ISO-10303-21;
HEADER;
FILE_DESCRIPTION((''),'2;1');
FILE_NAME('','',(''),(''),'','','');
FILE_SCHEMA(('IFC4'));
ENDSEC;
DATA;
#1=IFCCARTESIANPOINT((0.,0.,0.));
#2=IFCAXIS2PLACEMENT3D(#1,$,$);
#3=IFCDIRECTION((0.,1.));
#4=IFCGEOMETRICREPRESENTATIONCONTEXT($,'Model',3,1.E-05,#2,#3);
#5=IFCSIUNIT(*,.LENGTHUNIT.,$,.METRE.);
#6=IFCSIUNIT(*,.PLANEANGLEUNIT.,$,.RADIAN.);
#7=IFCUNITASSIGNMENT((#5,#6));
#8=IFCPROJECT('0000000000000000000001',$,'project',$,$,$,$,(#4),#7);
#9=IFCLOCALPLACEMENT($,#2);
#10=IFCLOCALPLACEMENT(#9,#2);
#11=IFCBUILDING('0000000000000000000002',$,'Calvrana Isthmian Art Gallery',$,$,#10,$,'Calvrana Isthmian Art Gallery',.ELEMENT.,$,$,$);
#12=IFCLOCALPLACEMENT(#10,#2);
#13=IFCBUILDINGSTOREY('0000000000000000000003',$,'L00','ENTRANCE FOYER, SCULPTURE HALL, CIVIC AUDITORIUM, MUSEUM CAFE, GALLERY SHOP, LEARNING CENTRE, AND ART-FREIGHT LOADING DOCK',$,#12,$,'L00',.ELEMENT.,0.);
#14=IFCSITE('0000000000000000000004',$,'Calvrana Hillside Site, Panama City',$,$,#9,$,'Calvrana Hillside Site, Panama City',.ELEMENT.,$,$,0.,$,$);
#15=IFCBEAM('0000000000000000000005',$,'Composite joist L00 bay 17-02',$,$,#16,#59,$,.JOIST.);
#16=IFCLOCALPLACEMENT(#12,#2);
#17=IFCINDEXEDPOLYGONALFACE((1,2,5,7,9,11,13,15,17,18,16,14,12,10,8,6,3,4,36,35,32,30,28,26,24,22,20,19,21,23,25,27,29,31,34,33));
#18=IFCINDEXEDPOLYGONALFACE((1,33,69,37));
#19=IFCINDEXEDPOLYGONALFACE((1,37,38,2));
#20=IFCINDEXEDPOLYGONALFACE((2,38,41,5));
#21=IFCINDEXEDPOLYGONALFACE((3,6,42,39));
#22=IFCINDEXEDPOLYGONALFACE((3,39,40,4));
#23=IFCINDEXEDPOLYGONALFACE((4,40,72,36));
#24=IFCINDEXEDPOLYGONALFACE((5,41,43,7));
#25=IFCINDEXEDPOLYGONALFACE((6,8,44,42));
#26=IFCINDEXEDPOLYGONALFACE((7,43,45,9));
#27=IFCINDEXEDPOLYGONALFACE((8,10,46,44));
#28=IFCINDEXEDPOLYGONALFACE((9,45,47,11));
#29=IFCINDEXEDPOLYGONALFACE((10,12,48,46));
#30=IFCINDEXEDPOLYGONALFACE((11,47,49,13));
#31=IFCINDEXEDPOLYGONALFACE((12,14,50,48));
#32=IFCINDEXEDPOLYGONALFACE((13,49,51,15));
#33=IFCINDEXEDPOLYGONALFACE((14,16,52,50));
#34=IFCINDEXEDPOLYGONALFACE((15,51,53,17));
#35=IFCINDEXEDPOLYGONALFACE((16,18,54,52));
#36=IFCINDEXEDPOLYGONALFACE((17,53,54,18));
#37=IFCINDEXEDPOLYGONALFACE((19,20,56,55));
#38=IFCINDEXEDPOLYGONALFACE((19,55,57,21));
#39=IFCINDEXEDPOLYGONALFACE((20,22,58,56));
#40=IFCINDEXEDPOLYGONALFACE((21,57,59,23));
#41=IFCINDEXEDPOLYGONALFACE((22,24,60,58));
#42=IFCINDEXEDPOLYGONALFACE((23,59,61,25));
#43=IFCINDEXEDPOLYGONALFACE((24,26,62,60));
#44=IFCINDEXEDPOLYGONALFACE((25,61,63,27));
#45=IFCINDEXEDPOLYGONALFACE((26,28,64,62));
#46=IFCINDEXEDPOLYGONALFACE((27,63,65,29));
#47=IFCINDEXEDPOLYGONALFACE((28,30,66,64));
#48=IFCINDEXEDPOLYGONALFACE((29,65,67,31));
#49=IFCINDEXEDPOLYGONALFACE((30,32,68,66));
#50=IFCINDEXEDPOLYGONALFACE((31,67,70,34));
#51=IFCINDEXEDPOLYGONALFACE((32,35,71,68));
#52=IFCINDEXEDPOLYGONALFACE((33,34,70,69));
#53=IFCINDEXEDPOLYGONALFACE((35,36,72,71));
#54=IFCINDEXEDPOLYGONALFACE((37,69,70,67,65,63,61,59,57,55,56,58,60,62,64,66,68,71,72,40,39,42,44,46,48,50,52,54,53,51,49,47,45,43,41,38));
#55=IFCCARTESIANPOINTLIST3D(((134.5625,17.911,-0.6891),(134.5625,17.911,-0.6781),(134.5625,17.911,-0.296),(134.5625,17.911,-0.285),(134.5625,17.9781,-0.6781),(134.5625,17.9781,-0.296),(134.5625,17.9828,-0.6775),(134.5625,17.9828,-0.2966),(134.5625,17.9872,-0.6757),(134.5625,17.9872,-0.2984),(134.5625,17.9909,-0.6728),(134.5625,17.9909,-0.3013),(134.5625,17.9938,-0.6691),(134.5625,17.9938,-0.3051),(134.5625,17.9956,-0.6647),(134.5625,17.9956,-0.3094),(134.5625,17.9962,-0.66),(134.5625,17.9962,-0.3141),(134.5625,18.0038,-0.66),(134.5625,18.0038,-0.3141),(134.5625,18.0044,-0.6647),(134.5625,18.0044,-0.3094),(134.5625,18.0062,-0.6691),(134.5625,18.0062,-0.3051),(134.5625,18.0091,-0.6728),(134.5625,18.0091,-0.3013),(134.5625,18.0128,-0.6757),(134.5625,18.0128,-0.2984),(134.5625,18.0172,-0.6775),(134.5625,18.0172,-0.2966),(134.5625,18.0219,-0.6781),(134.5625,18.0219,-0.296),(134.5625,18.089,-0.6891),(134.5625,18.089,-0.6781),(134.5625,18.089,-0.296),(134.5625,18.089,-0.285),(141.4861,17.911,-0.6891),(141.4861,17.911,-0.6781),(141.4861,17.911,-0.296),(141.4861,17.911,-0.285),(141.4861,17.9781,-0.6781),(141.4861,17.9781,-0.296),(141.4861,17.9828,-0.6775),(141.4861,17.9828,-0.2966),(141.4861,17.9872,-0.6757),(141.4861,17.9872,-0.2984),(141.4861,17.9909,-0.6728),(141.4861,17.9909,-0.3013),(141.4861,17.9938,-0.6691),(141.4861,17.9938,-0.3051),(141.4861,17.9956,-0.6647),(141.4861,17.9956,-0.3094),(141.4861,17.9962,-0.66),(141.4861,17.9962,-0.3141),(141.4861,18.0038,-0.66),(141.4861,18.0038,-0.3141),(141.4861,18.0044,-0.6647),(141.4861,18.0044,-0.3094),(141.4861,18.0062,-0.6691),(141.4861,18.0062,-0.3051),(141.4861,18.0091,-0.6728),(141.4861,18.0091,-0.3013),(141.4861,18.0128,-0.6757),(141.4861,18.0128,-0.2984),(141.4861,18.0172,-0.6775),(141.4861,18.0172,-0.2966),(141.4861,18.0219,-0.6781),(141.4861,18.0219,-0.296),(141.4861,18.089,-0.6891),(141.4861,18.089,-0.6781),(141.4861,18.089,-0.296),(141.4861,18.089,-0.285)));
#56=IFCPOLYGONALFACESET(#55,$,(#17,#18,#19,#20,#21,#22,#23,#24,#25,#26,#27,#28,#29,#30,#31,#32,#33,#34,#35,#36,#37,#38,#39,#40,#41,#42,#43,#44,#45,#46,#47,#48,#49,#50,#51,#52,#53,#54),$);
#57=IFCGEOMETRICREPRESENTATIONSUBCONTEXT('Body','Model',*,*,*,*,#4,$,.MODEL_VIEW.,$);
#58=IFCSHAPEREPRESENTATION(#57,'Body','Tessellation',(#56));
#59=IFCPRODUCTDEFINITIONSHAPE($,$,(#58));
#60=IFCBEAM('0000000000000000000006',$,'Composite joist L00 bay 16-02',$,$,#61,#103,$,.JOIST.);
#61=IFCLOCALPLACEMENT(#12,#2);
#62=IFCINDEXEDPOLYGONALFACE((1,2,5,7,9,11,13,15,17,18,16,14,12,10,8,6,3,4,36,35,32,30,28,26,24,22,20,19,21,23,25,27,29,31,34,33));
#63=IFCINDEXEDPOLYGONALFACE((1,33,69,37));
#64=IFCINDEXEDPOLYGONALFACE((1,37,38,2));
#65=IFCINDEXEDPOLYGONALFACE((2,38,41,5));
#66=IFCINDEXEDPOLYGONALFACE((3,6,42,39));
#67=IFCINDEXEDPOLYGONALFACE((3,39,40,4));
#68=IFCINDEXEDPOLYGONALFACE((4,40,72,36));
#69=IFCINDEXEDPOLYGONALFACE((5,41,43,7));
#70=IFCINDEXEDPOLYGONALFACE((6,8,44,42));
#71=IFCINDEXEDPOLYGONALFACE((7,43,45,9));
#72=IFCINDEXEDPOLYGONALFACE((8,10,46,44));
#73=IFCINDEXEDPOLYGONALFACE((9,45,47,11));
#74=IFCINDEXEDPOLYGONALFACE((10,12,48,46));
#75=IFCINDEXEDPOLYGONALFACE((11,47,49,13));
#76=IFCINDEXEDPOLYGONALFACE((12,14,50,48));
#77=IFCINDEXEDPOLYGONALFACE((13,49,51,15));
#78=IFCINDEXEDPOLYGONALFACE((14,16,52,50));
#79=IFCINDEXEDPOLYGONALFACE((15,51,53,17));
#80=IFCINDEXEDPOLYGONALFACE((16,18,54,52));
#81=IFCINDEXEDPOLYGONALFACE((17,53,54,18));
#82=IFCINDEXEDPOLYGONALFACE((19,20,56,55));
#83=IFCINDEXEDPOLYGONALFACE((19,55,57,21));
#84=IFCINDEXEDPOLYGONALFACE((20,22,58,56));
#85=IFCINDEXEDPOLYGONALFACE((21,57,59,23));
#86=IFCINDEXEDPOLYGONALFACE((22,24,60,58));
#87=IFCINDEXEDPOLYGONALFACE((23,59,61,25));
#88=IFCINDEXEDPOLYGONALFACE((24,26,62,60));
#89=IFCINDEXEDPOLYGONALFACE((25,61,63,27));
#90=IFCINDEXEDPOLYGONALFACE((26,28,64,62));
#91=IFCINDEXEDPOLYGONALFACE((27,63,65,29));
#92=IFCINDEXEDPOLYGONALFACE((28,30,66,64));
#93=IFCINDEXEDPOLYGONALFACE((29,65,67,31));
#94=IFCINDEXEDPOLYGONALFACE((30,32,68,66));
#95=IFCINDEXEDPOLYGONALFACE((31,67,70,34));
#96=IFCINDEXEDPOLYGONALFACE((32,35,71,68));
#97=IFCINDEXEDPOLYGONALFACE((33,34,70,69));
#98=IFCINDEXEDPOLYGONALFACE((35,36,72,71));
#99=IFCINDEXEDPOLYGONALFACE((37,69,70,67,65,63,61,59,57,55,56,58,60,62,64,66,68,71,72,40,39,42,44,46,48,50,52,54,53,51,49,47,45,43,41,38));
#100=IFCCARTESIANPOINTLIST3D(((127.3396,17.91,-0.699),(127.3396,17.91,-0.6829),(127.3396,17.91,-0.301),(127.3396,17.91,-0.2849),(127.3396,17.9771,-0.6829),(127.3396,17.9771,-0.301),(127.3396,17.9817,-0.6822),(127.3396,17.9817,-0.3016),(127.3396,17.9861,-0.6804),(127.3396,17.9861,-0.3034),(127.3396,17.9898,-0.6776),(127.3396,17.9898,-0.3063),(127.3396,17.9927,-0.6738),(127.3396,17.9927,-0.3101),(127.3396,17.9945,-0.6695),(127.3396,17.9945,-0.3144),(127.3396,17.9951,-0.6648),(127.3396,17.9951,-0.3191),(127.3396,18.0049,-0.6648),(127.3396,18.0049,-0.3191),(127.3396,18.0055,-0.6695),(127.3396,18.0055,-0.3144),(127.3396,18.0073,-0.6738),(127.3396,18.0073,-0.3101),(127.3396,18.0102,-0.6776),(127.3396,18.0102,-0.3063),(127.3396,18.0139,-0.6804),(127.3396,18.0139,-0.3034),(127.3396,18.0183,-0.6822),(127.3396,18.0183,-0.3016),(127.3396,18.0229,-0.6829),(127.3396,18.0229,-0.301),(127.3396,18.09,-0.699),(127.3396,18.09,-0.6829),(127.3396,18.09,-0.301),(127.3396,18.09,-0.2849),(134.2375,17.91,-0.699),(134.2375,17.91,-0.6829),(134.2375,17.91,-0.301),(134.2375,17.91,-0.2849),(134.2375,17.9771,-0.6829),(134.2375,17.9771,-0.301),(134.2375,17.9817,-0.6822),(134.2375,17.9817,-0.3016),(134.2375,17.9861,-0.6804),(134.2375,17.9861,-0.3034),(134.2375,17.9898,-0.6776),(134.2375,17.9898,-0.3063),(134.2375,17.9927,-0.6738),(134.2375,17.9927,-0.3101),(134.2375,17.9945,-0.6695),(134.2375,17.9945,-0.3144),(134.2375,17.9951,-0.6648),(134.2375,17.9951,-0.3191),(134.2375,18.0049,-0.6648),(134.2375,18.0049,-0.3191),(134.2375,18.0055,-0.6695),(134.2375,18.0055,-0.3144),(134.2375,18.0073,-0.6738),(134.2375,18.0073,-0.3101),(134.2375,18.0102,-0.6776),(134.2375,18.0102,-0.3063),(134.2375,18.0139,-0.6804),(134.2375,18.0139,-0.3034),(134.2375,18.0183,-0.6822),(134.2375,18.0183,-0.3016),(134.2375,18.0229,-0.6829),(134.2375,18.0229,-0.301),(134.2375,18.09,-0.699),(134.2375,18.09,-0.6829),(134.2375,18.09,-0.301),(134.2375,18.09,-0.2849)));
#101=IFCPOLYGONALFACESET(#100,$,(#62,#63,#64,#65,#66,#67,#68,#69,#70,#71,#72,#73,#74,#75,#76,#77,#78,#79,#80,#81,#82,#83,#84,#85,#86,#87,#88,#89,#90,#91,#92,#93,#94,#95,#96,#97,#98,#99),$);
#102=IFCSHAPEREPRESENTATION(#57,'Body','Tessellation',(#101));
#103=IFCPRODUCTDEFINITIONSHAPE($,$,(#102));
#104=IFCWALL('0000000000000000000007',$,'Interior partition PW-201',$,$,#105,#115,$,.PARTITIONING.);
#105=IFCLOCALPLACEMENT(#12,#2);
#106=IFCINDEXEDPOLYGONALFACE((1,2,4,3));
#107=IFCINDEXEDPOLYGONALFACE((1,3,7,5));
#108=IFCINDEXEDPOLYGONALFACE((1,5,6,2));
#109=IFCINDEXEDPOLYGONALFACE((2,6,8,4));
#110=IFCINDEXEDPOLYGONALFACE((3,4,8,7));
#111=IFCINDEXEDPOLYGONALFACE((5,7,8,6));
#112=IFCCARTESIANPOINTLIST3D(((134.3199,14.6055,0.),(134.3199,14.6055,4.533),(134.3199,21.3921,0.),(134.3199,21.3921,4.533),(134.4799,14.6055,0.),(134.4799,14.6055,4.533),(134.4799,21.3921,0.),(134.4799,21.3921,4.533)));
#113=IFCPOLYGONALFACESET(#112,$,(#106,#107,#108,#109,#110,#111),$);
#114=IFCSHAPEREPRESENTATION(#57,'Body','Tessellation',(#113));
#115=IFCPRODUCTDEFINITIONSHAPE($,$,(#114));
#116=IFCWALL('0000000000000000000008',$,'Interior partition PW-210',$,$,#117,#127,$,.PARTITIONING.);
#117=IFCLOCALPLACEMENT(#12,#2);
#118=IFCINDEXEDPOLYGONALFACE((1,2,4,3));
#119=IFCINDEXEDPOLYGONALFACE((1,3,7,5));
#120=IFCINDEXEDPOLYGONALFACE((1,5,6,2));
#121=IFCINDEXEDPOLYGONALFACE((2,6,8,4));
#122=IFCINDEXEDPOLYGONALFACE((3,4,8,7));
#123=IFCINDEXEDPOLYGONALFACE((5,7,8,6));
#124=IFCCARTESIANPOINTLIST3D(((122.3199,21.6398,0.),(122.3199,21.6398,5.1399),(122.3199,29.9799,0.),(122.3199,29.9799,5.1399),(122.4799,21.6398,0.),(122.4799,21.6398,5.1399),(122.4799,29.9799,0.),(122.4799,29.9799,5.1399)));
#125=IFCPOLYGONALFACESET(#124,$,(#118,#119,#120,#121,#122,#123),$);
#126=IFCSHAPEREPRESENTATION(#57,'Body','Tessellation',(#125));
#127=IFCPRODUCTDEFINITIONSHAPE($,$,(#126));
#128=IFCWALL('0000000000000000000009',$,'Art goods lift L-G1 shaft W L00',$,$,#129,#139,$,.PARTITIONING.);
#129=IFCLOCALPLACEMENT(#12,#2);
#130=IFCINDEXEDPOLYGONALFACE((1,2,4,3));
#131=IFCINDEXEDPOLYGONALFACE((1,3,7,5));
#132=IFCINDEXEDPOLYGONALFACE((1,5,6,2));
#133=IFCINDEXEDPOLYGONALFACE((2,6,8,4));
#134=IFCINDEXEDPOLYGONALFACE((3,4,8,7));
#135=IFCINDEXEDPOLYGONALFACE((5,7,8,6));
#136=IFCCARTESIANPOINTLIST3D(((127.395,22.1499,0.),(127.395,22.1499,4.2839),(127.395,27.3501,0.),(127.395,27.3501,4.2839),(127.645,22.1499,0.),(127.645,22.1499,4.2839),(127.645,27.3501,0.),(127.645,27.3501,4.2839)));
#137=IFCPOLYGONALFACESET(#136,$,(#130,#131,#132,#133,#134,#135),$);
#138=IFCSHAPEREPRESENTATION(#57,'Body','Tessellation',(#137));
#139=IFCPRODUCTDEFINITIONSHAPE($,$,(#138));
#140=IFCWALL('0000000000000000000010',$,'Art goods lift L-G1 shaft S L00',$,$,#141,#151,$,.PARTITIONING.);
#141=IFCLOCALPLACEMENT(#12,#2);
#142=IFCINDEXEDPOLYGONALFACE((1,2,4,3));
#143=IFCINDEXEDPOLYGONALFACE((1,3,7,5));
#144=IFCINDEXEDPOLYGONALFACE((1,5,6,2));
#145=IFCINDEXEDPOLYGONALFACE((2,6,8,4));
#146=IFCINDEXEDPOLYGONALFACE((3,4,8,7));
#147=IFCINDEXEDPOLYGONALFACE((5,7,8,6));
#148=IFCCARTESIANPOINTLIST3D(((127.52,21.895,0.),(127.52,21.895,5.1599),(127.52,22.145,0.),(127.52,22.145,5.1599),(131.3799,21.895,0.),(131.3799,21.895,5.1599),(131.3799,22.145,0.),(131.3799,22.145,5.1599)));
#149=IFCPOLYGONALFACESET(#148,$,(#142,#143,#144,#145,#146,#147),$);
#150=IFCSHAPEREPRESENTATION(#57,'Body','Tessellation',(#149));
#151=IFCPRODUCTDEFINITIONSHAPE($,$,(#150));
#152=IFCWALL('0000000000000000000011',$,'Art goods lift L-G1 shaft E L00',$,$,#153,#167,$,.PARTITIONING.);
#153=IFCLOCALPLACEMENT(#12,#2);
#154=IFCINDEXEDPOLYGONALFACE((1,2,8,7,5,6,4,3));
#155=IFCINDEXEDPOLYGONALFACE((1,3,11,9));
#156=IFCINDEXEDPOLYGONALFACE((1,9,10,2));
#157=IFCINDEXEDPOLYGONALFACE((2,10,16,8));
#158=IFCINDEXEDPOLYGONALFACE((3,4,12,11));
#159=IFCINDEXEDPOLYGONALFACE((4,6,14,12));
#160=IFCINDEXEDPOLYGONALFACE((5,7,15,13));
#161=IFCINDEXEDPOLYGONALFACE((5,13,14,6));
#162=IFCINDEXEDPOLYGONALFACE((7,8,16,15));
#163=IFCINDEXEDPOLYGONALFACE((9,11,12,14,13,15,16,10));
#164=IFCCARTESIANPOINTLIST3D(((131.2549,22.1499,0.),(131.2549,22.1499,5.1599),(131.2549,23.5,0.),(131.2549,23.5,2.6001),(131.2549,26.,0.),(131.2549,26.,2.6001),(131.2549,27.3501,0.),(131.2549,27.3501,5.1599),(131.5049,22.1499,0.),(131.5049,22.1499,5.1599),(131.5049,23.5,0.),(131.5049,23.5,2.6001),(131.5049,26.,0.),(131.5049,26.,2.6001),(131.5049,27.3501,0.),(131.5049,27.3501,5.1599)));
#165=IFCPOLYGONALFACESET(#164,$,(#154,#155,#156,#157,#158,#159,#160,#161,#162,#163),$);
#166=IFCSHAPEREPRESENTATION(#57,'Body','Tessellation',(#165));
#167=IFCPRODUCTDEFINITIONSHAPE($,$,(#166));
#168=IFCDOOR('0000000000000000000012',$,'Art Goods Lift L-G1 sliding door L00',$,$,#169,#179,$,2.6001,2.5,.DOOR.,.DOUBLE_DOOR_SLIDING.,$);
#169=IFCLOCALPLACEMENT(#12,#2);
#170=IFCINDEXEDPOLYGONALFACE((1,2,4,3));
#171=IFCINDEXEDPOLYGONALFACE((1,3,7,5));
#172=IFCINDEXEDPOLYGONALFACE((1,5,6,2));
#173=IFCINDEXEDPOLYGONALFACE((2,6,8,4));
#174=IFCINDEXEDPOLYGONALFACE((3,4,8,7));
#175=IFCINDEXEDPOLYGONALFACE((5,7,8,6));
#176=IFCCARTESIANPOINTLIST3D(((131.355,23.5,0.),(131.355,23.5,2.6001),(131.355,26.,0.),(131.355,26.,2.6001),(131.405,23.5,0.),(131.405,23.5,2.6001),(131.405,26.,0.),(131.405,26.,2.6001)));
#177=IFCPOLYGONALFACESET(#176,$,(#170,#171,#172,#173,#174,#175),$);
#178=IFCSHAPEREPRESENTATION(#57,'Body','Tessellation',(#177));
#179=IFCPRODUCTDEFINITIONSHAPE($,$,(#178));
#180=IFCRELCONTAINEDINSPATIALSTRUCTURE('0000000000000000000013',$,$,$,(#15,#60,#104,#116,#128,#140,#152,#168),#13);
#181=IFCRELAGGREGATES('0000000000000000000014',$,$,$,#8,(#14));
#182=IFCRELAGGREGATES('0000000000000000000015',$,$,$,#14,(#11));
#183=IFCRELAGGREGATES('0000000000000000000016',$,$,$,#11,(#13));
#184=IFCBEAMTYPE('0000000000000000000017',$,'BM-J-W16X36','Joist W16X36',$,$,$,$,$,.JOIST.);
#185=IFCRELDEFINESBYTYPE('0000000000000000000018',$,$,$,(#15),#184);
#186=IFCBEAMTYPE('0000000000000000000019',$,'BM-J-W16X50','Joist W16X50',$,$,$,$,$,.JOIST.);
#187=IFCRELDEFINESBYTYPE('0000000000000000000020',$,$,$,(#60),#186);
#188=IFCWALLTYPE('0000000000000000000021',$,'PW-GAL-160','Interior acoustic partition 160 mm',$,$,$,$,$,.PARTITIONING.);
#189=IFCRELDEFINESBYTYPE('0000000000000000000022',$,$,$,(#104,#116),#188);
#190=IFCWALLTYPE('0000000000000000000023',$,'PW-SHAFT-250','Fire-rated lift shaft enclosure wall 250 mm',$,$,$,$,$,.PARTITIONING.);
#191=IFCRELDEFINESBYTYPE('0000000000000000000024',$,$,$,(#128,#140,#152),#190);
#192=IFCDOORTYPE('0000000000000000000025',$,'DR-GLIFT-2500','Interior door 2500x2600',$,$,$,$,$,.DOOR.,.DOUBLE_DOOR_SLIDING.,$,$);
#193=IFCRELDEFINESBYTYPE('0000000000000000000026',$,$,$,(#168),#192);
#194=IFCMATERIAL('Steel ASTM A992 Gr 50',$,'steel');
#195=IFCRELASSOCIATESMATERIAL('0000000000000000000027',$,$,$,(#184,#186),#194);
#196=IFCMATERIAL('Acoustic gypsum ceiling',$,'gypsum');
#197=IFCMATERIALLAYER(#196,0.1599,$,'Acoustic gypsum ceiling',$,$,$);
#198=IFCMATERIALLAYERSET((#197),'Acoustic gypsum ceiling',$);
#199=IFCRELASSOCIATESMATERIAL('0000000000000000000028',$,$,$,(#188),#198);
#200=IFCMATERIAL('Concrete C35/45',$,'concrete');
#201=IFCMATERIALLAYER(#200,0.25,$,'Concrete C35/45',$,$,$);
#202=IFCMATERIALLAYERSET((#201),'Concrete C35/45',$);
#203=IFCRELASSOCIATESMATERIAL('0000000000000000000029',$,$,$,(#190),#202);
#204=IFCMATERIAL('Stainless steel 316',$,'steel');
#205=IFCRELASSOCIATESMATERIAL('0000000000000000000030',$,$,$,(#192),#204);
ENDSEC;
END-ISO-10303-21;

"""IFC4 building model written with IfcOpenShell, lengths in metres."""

from ifc_helpers import new_model, si_unit, direction, frame, frame_2d, origin, origin_2d, place, context, subcontext, project, spatial, rectangle, i_section, extrude, material, layer, layer_set, material_profile, profile_set, type_object, element, fill, save


model = new_model("IFC4")

# Units and contexts
model_context = context("Model", 3, precision=1e-05, world=origin(), true_north=direction((0.0, 1.0)))
body_context = subcontext(model_context, "Body", "Model", "MODEL_VIEW")
ifc_project = project(units=[si_unit("LENGTHUNIT", "METRE"), si_unit("PLANEANGLEUNIT", "RADIAN")], contexts=[model_context])

# Site, building, storey
site_placement = place(None, origin())
site = spatial("IfcSite", under=ifc_project, at=site_placement, Name="Calvrana Hillside Site, Panama City", LongName="Calvrana Hillside Site, Panama City", CompositionType="ELEMENT", RefElevation=0.0)
building_placement = place(site_placement, origin())
building = spatial("IfcBuilding", under=site, at=building_placement, Name="Calvrana Isthmian Art Gallery", LongName="Calvrana Isthmian Art Gallery", CompositionType="ELEMENT")
storey_placement = place(building_placement, origin())
storey = spatial("IfcBuildingStorey", under=building, at=storey_placement, Name="L00", Description="ENTRANCE FOYER, SCULPTURE HALL, CIVIC AUDITORIUM, MUSEUM CAFE, GALLERY SHOP, LEARNING CENTRE, AND ART-FREIGHT LOADING DOCK", LongName="L00", CompositionType="ELEMENT", Elevation=0.0)

# Shared definitions
ifc_material_1 = material(Name="Steel ASTM A992 Gr 50", Category="steel")

# Beams
ifc_material_profile_1 = material_profile(ifc_material_1, i_section(OverallWidth=0.178, OverallDepth=0.4041, WebThickness=0.0076, FlangeThickness=0.011, FilletRadius=0.0181, at=origin_2d()), Name="W16X36")
ifc_profile_set_1 = profile_set([ifc_material_profile_1], Name="Steel ASTM A992 Gr 50")
beam_type_1 = type_object("IfcBeamType", Name="BM-J-W16X36", Description="Joist W16X36", PredefinedType="JOIST", material=ifc_profile_set_1)
beam_1_placement = place(storey_placement, frame((134.5625, 18.0, -0.4871), z_axis=(1.0, 0.0, 0.0), x_axis=(0.0, 1.0, 0.0)))
element("IfcBeam", 1, at=beam_1_placement, inside=storey, type_object=beam_type_1, Name="Composite joist L00 bay 17-02", PredefinedType="JOIST", context=body_context, shape_type="SweptSolid", body=[
    extrude(i_section(OverallWidth=0.178, OverallDepth=0.4041, WebThickness=0.0076, FlangeThickness=0.011, FilletRadius=0.0181, at=origin_2d()), origin(), (0.0, 0.0, 1.0), 6.9236),
])
ifc_material_profile_2 = material_profile(ifc_material_1, i_section(OverallWidth=0.1799, OverallDepth=0.4141, WebThickness=0.0098, FlangeThickness=0.0161, FilletRadius=0.0181, at=origin_2d()), Name="W16X50")
ifc_profile_set_2 = profile_set([ifc_material_profile_2], Name="Steel ASTM A992 Gr 50")
beam_type_2 = type_object("IfcBeamType", Name="BM-J-W16X50", Description="Joist W16X50", PredefinedType="JOIST", material=ifc_profile_set_2)
beam_2_placement = place(storey_placement, frame((127.3396, 18.0, -0.4919), z_axis=(1.0, 0.0, 0.0), x_axis=(0.0, 1.0, 0.0)))
element("IfcBeam", 2, at=beam_2_placement, inside=storey, type_object=beam_type_2, Name="Composite joist L00 bay 16-02", PredefinedType="JOIST", context=body_context, shape_type="SweptSolid", body=[
    extrude(i_section(OverallWidth=0.1799, OverallDepth=0.4141, WebThickness=0.0098, FlangeThickness=0.0161, FilletRadius=0.0181, at=origin_2d()), origin(), (0.0, 0.0, 1.0), 6.8979),
])

# Walls
ifc_material_2 = material(Name="Acoustic gypsum ceiling", Category="gypsum")
ifc_layer_1 = layer(ifc_material_2, 0.1599, Name="Acoustic gypsum ceiling")
ifc_layer_set_1 = layer_set([ifc_layer_1], Name="Acoustic gypsum ceiling")
wall_type_1 = type_object("IfcWallType", Name="PW-GAL-160", Description="Interior acoustic partition 160 mm", PredefinedType="PARTITIONING", material=ifc_layer_set_1)
wall_1_placement = place(storey_placement, frame((134.3999, 14.6055, 0.0), z_axis=(0.0, 0.0, 1.0), x_axis=(0.0, 1.0, 0.0)))
element("IfcWall", 3, at=wall_1_placement, inside=storey, type_object=wall_type_1, Name="Interior partition PW-201", PredefinedType="PARTITIONING", context=body_context, shape_type="SweptSolid", body=[
    extrude(rectangle(XDim=6.7866, YDim=0.1599, at=frame_2d((3.3933, 0.0))), origin(), (0.0, 0.0, 1.0), 4.533),
])
wall_2_placement = place(storey_placement, frame((122.3999, 21.6399, 0.0), z_axis=(0.0, 0.0, 1.0), x_axis=(0.0, 1.0, 0.0)))
element("IfcWall", 4, at=wall_2_placement, inside=storey, type_object=wall_type_1, Name="Interior partition PW-210", PredefinedType="PARTITIONING", context=body_context, shape_type="SweptSolid", body=[
    extrude(rectangle(XDim=8.3401, YDim=0.1599, at=frame_2d((4.1699, 0.0))), origin(), (0.0, 0.0, 1.0), 5.1399),
])
ifc_material_3 = material(Name="Concrete C35/45", Category="concrete")
ifc_layer_2 = layer(ifc_material_3, 0.25, Name="Concrete C35/45")
ifc_layer_set_2 = layer_set([ifc_layer_2], Name="Concrete C35/45")
wall_type_2 = type_object("IfcWallType", Name="PW-SHAFT-250", Description="Fire-rated lift shaft enclosure wall 250 mm", PredefinedType="PARTITIONING", material=ifc_layer_set_2)
wall_3_placement = place(storey_placement, frame((127.52, 22.1499, 0.0), z_axis=(0.0, 0.0, 1.0), x_axis=(0.0, 1.0, 0.0)))
element("IfcWall", 5, at=wall_3_placement, inside=storey, type_object=wall_type_2, Name="Art goods lift L-G1 shaft W L00", PredefinedType="PARTITIONING", context=body_context, shape_type="SweptSolid", body=[
    extrude(rectangle(XDim=5.2002, YDim=0.25, at=frame_2d((2.6001, 0.0))), origin(), (0.0, 0.0, 1.0), 4.2839),
])
wall_4_placement = place(storey_placement, frame((127.52, 22.02, 0.0), z_axis=(0.0, 0.0, 1.0), x_axis=(1.0, 0.0, 0.0)))
element("IfcWall", 6, at=wall_4_placement, inside=storey, type_object=wall_type_2, Name="Art goods lift L-G1 shaft S L00", PredefinedType="PARTITIONING", context=body_context, shape_type="SweptSolid", body=[
    extrude(rectangle(XDim=3.8599, YDim=0.25, at=frame_2d((1.9299, 0.0))), origin(), (0.0, 0.0, 1.0), 5.1599),
])

# Wall, opening, door
wall_5_placement = place(storey_placement, frame((131.3799, 22.1499, 0.0), z_axis=(0.0, 0.0, 1.0), x_axis=(0.0, 1.0, 0.0)))
wall_5 = element("IfcWall", 7, at=wall_5_placement, inside=storey, type_object=wall_type_2, Name="Art goods lift L-G1 shaft E L00", PredefinedType="PARTITIONING", context=body_context, shape_type="SweptSolid", body=[
    extrude(rectangle(XDim=5.2002, YDim=0.25, at=frame_2d((2.6001, 0.0))), origin(), (0.0, 0.0, 1.0), 5.1599),
])
opening_placement = place(wall_5_placement, frame((1.3501, 0.0, 0.0)))
opening = element("IfcOpeningElement", 8, at=opening_placement, cuts=wall_5, PredefinedType="OPENING", context=body_context, shape_type="SweptSolid", body=[
    extrude(rectangle(XDim=2.5, YDim=2.6001, at=frame_2d((1.25, 1.3))), frame((0.0, 0.1353, 0.0), z_axis=(0.0, -1.0, 0.0), x_axis=(1.0, 0.0, 0.0)), (0.0, 0.0, 1.0), 0.2705),
])
ifc_material_4 = material(Name="Stainless steel 316", Category="steel")
door_type = type_object("IfcDoorType", Name="DR-GLIFT-2500", Description="Interior door 2500x2600", OperationType="DOUBLE_DOOR_SLIDING", PredefinedType="DOOR", material=ifc_material_4)
door_placement = place(opening_placement, origin())
door = element("IfcDoor", 9, at=door_placement, inside=storey, type_object=door_type, Name="Art Goods Lift L-G1 sliding door L00", OperationType="DOUBLE_DOOR_SLIDING", OverallHeight=2.6001, OverallWidth=2.5, PredefinedType="DOOR", context=body_context, shape_type="SweptSolid", body=[
    extrude(rectangle(XDim=2.5, YDim=2.6001, at=frame_2d((1.25, 1.3))), frame((0.0, 0.0249, 0.0), z_axis=(0.0, -1.0, 0.0), x_axis=(1.0, 0.0, 0.0)), (0.0, 0.0, 1.0), 0.05),
])
fill(opening, door)

save(model, "model.ifc")
